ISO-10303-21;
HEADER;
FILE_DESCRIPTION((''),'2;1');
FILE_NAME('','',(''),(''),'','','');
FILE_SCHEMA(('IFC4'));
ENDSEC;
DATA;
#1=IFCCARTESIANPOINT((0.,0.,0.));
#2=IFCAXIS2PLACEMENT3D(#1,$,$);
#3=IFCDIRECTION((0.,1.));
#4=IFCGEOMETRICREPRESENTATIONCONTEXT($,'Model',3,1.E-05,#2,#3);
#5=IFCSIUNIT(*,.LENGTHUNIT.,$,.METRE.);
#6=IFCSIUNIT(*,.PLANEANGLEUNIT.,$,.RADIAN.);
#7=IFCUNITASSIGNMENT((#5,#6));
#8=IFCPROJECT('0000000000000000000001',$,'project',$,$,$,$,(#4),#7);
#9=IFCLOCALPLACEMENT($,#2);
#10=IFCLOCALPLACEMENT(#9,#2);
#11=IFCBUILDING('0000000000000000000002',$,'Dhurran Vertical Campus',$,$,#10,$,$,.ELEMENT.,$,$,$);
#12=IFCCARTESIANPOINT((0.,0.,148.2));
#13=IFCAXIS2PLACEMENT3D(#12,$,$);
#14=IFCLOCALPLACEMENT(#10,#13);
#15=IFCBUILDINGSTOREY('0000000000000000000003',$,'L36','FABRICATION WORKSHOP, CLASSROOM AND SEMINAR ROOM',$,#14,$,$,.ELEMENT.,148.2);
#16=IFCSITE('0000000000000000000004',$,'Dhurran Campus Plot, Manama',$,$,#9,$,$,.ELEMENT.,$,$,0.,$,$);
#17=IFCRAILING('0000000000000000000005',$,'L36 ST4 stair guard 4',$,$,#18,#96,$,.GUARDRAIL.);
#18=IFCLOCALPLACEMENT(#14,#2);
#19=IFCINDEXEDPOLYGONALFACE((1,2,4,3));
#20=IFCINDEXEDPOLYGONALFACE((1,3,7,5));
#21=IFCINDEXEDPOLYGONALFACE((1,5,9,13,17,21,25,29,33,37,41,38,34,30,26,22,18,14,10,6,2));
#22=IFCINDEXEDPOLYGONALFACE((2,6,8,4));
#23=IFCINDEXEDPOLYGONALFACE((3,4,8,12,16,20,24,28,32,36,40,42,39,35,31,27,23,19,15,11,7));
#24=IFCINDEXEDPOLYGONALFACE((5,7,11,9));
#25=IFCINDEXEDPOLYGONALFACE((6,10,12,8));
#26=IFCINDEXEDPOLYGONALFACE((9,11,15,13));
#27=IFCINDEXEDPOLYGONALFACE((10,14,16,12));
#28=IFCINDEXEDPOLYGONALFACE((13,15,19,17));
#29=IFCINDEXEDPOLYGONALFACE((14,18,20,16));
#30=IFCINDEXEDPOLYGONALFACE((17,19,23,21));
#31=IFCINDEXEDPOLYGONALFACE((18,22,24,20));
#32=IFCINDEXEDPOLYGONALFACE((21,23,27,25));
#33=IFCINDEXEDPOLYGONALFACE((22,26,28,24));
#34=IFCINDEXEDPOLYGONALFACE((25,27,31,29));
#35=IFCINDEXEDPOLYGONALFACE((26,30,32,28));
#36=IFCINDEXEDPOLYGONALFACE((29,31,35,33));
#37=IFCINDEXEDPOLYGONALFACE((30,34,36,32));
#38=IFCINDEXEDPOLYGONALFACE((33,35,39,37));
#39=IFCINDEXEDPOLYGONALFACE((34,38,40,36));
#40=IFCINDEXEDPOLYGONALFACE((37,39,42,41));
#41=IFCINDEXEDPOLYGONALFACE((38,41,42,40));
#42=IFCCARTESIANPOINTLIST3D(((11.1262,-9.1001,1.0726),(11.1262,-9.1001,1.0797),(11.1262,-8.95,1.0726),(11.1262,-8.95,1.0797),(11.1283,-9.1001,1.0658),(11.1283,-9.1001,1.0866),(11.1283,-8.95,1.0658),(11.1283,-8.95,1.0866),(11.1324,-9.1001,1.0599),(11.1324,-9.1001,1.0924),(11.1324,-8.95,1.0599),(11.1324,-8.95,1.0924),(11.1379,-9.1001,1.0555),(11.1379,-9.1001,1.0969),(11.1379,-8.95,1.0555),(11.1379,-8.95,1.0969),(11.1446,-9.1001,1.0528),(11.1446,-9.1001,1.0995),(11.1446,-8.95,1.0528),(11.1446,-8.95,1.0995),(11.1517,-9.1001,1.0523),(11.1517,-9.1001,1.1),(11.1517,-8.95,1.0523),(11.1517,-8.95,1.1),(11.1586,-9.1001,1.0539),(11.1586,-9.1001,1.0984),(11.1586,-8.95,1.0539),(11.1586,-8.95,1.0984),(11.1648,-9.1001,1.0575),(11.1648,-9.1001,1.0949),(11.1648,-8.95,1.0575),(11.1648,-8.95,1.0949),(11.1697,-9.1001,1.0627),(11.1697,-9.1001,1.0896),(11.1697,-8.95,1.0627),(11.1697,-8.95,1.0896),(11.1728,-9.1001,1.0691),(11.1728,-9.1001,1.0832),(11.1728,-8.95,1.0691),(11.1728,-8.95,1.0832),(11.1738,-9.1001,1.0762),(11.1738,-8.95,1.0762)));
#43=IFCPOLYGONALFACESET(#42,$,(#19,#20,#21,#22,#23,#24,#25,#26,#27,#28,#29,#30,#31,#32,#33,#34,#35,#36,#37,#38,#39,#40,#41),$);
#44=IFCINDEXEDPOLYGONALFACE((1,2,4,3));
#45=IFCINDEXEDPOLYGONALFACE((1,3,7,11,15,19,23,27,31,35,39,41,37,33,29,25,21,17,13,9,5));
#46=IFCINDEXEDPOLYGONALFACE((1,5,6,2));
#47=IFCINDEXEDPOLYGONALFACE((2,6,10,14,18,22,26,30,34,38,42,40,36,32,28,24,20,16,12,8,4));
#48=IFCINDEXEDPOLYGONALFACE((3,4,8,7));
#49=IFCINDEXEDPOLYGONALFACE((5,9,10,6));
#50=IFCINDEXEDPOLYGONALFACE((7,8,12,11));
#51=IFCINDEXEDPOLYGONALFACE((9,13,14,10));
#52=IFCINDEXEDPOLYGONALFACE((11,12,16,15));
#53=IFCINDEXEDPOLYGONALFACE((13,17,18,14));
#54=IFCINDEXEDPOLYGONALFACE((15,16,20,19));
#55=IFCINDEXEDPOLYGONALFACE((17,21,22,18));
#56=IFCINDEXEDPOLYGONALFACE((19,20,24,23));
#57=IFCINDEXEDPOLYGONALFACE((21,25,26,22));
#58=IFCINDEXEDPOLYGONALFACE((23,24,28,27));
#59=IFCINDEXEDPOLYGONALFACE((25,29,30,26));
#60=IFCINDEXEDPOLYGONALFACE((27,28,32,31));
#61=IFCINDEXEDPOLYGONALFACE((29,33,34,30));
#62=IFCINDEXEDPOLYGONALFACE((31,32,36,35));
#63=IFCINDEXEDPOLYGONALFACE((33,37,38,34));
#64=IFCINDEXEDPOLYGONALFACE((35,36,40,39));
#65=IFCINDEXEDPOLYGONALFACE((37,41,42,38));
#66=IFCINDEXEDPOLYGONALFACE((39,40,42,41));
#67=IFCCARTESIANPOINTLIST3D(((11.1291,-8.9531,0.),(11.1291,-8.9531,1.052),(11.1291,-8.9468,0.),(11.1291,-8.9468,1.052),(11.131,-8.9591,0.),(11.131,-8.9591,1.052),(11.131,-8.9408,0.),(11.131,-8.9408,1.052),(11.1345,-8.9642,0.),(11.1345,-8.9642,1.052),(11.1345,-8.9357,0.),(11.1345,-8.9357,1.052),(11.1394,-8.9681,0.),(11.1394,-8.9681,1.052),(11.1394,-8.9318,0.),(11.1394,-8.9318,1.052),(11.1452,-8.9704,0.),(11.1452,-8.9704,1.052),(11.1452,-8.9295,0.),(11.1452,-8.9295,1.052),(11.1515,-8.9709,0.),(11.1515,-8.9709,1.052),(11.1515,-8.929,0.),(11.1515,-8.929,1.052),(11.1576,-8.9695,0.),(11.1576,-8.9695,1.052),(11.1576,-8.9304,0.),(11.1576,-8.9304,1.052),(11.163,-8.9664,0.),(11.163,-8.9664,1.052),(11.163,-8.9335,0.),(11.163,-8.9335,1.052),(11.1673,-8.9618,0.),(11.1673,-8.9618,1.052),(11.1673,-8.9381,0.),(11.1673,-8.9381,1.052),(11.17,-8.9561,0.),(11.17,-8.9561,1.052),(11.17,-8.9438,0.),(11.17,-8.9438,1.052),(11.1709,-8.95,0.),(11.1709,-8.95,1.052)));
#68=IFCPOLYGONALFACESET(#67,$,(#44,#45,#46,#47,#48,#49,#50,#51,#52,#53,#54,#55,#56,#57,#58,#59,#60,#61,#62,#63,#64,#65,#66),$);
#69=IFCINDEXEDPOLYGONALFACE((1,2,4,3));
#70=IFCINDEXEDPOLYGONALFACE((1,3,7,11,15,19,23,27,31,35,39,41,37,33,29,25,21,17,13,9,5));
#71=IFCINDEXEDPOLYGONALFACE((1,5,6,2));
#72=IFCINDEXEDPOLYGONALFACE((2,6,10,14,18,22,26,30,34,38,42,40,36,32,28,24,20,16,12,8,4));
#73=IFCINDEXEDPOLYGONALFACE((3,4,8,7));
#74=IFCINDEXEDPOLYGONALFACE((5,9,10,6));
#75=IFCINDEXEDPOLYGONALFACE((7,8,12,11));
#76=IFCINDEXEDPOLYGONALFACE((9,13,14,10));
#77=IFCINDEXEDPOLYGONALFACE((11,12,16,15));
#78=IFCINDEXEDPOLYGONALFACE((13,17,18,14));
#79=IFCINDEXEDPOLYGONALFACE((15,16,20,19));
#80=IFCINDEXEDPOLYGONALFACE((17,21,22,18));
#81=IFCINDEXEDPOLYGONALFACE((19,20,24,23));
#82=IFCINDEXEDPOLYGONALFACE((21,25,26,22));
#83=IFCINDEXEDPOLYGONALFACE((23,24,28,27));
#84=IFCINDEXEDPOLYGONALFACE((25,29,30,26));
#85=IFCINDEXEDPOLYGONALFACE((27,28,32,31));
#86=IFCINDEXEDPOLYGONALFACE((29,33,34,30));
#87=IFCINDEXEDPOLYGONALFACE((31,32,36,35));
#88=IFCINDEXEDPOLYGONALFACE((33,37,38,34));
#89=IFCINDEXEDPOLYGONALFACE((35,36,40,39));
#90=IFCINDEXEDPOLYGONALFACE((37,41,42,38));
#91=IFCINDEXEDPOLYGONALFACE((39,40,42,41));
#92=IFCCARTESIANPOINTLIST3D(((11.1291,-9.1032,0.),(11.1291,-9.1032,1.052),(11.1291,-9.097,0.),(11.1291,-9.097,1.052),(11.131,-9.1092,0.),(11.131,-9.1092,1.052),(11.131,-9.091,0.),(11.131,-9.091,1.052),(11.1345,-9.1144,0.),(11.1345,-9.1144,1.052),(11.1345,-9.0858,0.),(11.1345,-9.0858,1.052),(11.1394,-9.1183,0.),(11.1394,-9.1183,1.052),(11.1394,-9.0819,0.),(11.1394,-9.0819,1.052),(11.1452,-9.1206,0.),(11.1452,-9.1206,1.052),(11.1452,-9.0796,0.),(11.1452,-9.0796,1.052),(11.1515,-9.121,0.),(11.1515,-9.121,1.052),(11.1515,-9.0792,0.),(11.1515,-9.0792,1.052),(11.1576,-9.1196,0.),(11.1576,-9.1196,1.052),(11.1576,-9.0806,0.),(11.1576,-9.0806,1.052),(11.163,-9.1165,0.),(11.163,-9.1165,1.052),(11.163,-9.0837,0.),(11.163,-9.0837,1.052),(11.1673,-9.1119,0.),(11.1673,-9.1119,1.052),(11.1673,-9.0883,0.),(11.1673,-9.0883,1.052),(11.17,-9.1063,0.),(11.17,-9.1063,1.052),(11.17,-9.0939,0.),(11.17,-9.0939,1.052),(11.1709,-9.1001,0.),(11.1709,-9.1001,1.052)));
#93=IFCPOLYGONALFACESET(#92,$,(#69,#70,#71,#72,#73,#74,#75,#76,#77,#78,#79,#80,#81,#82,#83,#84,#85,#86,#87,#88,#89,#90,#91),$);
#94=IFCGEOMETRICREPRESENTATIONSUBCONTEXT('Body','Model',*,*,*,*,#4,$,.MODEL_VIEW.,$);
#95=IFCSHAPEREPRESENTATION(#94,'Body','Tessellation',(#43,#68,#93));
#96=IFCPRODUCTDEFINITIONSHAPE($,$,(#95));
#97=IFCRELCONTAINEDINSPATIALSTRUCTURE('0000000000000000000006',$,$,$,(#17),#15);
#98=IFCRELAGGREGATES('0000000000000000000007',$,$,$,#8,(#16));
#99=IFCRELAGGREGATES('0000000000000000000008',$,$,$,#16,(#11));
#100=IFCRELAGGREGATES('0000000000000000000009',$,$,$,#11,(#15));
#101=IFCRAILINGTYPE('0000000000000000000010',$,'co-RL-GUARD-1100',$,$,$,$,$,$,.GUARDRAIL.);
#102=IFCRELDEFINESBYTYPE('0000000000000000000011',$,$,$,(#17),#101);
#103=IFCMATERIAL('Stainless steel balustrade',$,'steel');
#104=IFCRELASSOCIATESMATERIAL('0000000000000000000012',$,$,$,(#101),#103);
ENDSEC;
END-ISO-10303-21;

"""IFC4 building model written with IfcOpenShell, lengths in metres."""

from ifc_helpers import new_model, si_unit, direction, frame, origin, origin_2d, place, context, subcontext, project, spatial, circle, extrude, material, type_object, element, save


model = new_model("IFC4")

# Units and contexts
model_context = context("Model", 3, precision=1e-05, world=origin(), true_north=direction((0.0, 1.0)))
body_context = subcontext(model_context, "Body", "Model", "MODEL_VIEW")
ifc_project = project(units=[si_unit("LENGTHUNIT", "METRE"), si_unit("PLANEANGLEUNIT", "RADIAN")], contexts=[model_context])

# Site, building, storey
site_placement = place(None, origin())
site = spatial("IfcSite", under=ifc_project, at=site_placement, Name="Dhurran Campus Plot, Manama", CompositionType="ELEMENT", RefElevation=0.0)
building_placement = place(site_placement, origin())
building = spatial("IfcBuilding", under=site, at=building_placement, Name="Dhurran Vertical Campus", CompositionType="ELEMENT")
storey_placement = place(building_placement, frame((0.0, 0.0, 148.2)))
storey = spatial("IfcBuildingStorey", under=building, at=storey_placement, Name="L36", Description="FABRICATION WORKSHOP, CLASSROOM AND SEMINAR ROOM", CompositionType="ELEMENT", Elevation=148.2)

# Railing
ifc_material_1 = material(Name="Stainless steel balustrade", Category="steel")
railing_type_1 = type_object("IfcRailingType", Name="co-RL-GUARD-1100", PredefinedType="GUARDRAIL", material=ifc_material_1)
railing_1_placement = place(storey_placement, frame((11.1499, -8.95, 0.0)))
element("IfcRailing", 1, at=railing_1_placement, inside=storey, type_object=railing_type_1, Name="L36 ST4 stair guard 4", PredefinedType="GUARDRAIL", context=body_context, shape_type="SweptSolid", body=[
    extrude(circle(Radius=0.0239, at=origin_2d()), frame((0.0, 0.0, 1.0762), z_axis=(0.0, -1.0, 0.0), x_axis=(1.0, 0.0, 0.0)), (0.0, 0.0, 1.0), 0.1501),
    extrude(circle(Radius=0.021, at=origin_2d()), origin(), (0.0, 0.0, 1.0), 1.052),
    extrude(circle(Radius=0.021, at=origin_2d()), frame((0.0, -0.1501, 0.0)), (0.0, 0.0, 1.0), 1.052),
])

save(model, "model.ifc")
